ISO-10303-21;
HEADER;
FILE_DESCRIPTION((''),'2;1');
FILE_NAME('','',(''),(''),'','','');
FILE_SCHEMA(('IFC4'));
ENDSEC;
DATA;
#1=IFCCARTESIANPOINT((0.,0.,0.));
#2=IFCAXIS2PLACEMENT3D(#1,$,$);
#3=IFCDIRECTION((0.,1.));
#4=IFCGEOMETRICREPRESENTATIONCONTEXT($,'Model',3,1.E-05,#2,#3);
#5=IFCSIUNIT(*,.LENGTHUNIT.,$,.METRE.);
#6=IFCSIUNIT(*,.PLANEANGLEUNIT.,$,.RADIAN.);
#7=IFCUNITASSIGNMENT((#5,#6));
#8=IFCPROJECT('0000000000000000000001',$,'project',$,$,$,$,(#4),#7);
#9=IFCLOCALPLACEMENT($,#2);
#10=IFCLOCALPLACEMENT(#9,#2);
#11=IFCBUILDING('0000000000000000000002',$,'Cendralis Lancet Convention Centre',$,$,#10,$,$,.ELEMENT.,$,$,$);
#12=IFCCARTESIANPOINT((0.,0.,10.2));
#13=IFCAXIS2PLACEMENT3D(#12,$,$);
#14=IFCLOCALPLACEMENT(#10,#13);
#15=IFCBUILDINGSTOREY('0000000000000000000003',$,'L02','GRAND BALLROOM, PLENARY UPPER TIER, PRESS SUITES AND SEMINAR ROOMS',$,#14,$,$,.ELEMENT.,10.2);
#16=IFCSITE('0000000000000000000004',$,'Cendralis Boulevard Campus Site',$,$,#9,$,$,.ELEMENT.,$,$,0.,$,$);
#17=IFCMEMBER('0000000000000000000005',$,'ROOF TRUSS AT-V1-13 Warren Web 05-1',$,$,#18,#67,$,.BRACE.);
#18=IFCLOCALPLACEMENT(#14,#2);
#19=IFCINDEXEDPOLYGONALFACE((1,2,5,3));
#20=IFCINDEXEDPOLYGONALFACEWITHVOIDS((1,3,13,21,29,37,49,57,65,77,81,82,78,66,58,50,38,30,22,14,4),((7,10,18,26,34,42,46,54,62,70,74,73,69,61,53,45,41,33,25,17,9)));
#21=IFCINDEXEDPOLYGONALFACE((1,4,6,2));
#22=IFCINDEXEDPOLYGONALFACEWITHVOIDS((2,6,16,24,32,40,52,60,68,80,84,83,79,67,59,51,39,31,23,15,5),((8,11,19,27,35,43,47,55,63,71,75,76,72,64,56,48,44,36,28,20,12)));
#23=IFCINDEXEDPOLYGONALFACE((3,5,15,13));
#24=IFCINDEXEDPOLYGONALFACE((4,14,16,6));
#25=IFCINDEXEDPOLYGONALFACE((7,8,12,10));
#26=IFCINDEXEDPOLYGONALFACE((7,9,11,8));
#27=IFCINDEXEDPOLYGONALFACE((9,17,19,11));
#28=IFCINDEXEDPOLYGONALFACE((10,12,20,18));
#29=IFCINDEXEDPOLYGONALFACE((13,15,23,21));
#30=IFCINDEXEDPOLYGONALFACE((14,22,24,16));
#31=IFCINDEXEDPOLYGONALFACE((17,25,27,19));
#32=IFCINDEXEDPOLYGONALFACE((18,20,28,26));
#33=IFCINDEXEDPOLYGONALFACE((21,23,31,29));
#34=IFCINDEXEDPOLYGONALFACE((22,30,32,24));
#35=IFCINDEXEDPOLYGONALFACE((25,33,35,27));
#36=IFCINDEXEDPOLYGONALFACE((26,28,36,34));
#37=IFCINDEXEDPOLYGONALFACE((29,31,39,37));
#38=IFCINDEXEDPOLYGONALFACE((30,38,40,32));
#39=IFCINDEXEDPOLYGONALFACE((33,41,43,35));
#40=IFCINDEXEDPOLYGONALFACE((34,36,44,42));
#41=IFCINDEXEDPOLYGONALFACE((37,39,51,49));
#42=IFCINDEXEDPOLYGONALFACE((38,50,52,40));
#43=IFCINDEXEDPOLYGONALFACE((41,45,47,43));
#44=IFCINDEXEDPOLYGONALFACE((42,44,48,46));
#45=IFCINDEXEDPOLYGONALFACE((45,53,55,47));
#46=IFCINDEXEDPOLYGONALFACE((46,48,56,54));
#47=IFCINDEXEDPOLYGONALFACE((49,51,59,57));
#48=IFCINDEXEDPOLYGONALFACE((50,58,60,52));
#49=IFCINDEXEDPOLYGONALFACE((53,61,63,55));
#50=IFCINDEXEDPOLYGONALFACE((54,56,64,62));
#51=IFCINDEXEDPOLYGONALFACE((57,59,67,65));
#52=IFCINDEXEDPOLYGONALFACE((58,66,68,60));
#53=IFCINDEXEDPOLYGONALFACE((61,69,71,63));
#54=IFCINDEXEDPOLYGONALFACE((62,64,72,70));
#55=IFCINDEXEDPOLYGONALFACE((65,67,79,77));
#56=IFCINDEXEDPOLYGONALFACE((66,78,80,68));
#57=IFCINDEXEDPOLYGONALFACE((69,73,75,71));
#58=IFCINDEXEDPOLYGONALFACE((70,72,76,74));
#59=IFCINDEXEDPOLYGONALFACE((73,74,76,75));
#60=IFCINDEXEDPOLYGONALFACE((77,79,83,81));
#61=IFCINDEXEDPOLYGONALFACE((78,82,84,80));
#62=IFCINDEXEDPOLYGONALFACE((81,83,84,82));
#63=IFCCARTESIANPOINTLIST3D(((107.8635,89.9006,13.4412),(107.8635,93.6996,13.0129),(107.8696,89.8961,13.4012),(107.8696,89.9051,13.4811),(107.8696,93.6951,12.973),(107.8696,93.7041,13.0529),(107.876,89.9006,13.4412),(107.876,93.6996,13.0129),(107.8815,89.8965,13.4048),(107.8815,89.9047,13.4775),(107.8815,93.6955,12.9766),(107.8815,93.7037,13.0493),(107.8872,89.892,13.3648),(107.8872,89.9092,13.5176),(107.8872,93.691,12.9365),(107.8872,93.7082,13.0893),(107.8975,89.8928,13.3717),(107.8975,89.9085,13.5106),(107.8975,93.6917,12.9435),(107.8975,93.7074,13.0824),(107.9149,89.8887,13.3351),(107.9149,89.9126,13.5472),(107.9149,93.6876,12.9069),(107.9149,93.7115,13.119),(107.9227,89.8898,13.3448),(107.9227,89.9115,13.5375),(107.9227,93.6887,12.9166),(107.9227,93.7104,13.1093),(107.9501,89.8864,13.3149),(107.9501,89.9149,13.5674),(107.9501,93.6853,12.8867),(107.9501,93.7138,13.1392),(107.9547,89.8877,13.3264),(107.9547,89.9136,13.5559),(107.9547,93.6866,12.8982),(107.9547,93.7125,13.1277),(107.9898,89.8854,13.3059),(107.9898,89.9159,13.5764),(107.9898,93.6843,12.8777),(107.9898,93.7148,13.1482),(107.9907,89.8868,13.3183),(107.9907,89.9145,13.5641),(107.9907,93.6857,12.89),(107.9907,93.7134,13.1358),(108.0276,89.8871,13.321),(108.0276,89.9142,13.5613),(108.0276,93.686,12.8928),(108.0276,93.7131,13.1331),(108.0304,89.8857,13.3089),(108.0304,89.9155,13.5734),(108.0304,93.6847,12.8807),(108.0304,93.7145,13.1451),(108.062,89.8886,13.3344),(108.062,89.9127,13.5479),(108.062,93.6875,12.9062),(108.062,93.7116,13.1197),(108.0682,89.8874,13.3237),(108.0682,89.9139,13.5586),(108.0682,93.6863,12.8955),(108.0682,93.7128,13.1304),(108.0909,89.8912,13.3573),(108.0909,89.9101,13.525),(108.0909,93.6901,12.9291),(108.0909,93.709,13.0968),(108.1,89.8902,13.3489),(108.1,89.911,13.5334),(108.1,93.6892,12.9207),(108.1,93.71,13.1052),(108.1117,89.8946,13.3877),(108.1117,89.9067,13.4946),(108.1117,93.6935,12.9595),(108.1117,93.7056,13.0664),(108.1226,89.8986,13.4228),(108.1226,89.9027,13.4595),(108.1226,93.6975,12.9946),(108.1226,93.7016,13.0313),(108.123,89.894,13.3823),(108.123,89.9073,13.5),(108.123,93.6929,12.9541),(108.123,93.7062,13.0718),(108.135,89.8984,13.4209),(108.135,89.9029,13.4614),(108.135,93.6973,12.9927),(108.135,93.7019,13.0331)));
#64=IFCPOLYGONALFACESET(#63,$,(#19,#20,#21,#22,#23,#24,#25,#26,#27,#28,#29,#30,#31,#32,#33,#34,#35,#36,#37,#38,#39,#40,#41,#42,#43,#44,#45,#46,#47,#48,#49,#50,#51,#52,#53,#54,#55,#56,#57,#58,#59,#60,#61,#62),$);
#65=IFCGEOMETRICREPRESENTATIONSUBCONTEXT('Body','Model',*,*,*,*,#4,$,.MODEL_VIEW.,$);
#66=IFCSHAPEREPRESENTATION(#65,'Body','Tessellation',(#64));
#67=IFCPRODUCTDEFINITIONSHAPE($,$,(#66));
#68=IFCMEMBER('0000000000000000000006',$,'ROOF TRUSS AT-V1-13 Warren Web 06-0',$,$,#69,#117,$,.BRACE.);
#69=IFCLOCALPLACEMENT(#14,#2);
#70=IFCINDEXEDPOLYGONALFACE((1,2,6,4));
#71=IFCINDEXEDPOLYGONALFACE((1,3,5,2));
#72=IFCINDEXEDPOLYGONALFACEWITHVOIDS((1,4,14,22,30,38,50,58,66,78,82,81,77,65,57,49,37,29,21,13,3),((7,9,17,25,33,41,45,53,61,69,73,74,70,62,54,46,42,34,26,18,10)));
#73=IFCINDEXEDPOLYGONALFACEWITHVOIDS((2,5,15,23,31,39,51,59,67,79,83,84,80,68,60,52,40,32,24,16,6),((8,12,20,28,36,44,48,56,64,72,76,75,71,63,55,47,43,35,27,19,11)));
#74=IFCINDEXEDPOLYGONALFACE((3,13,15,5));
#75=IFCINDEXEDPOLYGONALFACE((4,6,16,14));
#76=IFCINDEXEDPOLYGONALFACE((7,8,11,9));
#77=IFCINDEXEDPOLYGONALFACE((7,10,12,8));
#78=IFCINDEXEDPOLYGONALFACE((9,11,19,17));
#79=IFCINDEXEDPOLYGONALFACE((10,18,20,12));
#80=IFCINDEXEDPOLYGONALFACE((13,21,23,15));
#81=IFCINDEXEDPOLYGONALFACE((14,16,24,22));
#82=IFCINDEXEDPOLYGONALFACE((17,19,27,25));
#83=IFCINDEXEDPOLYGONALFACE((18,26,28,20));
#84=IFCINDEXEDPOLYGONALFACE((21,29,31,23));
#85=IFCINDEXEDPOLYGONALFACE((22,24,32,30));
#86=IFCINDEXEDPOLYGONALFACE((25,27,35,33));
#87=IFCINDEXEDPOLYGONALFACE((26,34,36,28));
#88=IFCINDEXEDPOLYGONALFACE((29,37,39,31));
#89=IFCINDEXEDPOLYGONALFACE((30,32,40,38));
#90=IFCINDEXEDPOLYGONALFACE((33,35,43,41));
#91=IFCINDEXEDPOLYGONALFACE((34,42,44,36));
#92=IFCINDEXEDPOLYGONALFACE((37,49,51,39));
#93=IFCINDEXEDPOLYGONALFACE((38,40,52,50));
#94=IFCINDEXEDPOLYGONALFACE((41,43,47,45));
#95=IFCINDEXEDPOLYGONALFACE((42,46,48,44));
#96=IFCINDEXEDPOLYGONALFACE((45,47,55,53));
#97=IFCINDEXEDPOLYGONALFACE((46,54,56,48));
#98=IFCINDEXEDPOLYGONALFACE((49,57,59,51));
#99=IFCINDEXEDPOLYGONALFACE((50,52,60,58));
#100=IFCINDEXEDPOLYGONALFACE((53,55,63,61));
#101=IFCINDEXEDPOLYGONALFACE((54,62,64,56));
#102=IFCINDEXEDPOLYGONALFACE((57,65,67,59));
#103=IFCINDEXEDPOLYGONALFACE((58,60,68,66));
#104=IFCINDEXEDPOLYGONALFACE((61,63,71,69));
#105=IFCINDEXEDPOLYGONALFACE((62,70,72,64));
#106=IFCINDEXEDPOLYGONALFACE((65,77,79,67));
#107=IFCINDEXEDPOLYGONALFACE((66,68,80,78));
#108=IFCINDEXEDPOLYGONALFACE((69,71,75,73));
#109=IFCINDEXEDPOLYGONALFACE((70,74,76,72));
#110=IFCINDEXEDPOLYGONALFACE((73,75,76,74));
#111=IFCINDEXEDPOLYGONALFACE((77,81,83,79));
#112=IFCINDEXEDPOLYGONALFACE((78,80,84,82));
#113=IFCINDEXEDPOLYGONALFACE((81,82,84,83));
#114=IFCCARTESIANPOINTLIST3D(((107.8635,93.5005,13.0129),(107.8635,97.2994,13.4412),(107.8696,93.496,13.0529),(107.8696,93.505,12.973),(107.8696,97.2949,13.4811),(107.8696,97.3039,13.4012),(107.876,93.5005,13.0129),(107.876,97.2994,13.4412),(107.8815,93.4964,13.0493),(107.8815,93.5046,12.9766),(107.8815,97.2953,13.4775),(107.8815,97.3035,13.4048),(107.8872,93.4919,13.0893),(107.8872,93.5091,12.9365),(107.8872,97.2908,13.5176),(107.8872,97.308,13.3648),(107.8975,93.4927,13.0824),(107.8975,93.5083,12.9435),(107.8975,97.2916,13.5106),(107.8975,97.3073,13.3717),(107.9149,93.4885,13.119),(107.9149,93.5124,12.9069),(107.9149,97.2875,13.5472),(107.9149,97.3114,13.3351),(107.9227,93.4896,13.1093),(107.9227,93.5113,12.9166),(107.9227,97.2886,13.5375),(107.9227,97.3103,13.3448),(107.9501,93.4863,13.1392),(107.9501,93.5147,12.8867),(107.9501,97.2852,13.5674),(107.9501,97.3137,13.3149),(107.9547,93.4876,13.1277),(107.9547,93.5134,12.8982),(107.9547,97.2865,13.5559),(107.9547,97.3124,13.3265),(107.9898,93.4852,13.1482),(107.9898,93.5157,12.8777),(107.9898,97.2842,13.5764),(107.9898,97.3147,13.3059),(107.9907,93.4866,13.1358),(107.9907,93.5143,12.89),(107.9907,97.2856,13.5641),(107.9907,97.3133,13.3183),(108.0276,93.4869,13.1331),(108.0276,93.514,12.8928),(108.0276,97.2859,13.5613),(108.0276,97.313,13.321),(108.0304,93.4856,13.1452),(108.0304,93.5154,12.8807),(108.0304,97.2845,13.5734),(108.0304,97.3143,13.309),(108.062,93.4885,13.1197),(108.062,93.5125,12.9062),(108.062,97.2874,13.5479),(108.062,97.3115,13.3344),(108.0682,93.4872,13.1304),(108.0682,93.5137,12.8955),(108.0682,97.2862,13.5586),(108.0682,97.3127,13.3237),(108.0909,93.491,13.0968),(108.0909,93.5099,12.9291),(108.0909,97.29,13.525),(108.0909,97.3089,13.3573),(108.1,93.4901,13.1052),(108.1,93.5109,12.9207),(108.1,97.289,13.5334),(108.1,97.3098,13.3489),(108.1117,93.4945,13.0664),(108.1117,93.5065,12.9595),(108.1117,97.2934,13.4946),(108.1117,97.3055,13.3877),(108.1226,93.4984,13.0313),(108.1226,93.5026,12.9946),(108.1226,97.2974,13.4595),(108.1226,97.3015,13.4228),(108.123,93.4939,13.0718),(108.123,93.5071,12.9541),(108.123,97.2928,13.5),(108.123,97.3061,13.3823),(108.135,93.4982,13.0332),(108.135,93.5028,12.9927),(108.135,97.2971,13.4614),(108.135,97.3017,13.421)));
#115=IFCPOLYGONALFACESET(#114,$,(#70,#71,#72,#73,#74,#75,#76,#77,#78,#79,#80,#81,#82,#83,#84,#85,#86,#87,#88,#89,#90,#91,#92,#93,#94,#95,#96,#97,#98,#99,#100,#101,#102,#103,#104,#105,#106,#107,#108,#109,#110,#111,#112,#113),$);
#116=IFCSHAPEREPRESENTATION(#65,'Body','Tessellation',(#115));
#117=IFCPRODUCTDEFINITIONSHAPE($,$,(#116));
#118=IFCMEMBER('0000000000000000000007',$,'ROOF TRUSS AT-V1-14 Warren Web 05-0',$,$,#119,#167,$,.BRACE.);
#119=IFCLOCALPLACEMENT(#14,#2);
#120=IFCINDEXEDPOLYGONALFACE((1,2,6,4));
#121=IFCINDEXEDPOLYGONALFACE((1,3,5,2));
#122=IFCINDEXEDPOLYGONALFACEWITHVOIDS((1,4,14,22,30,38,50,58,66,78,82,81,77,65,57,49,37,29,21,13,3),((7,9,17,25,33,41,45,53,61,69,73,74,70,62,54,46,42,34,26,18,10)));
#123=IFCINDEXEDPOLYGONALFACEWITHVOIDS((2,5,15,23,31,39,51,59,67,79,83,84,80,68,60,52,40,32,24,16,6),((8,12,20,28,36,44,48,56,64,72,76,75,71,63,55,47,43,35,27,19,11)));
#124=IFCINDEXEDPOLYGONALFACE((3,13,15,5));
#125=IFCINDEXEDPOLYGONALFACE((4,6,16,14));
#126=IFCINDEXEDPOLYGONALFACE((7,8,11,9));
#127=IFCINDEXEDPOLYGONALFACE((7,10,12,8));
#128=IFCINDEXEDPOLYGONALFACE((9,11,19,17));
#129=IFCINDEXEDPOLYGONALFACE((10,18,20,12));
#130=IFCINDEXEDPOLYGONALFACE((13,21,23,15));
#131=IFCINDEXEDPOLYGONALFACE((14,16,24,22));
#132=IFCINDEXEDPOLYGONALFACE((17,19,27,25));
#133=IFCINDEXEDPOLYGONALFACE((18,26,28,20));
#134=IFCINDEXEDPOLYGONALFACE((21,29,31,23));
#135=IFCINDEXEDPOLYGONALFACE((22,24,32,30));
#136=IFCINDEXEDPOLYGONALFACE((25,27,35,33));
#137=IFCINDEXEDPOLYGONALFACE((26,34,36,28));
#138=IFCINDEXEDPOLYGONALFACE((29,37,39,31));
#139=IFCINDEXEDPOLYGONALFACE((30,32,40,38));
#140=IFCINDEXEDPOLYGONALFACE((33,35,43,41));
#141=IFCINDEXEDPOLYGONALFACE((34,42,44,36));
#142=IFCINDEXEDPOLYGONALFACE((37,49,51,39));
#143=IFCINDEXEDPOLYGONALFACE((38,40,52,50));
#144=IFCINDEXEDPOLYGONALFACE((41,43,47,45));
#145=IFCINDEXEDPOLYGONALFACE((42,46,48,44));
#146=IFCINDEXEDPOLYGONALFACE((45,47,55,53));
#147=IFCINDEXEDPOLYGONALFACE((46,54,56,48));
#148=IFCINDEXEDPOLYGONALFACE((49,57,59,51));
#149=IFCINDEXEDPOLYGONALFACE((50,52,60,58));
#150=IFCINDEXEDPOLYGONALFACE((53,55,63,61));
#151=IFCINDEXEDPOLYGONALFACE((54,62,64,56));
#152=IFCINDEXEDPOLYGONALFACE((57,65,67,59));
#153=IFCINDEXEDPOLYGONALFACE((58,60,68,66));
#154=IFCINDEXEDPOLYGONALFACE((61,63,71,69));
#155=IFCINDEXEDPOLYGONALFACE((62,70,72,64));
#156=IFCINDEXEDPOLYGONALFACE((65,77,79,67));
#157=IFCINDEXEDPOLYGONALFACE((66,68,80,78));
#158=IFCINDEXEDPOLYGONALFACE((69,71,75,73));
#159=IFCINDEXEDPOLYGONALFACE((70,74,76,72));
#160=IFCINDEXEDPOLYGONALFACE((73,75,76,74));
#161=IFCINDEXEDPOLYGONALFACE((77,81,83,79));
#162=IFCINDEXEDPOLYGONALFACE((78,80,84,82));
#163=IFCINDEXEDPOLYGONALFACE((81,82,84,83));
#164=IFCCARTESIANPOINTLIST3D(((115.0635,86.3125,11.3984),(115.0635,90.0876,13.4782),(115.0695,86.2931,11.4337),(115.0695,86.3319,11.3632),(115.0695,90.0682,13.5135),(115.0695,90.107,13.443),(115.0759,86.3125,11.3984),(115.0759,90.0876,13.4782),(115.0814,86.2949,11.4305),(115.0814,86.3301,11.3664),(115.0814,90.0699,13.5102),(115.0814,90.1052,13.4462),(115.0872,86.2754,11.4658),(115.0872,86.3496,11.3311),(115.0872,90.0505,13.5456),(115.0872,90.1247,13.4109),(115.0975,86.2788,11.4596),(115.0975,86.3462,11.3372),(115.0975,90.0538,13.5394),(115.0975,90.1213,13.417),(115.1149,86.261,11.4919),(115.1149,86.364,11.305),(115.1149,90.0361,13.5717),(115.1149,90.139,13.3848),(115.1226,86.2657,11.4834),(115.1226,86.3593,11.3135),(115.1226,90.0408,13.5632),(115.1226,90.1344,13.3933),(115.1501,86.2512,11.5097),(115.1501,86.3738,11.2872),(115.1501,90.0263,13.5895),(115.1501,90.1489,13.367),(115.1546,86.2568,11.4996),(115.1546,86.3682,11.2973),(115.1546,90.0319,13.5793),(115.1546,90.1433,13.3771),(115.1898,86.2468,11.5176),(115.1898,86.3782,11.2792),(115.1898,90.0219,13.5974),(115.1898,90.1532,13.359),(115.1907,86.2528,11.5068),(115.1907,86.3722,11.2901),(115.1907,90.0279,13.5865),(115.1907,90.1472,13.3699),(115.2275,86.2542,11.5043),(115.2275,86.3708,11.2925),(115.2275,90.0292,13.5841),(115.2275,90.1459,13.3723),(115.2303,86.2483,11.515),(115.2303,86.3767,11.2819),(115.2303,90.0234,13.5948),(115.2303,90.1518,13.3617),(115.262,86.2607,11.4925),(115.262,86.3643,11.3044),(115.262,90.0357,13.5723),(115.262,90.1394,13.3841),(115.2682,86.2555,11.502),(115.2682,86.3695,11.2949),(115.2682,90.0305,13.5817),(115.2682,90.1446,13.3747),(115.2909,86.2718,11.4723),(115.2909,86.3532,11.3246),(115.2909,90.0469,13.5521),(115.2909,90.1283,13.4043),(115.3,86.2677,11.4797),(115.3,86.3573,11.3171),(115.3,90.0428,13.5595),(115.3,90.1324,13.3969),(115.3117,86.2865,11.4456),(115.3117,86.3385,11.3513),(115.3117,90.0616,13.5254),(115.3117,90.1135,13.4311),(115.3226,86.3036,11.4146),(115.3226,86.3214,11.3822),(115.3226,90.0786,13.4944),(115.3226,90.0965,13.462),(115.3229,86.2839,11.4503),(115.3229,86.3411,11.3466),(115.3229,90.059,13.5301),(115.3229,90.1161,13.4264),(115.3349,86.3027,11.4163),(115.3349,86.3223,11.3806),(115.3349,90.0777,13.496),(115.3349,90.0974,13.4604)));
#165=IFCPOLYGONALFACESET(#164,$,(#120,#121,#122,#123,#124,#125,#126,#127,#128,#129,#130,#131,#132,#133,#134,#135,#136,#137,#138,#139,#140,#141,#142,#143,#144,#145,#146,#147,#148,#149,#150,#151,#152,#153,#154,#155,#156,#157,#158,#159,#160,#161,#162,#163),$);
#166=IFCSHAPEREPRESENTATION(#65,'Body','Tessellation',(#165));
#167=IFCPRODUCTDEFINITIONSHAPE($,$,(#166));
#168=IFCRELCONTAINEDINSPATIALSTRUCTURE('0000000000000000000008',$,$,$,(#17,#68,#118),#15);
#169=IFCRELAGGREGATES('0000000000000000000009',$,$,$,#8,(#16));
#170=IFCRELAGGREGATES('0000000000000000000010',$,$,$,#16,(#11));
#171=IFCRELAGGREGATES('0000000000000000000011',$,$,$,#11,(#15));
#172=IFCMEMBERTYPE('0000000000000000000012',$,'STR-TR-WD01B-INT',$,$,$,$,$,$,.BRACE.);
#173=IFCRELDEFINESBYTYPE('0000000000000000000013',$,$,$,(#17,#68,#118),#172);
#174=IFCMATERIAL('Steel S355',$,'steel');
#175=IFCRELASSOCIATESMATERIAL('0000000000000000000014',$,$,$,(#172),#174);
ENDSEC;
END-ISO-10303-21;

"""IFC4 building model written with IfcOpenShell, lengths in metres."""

from ifc_helpers import new_model, si_unit, direction, frame, origin, origin_2d, place, context, subcontext, project, spatial, hollow_circle, extrude, material, material_profile, profile_set, type_object, element, save


model = new_model("IFC4")

# Units and contexts
model_context = context("Model", 3, precision=1e-05, world=origin(), true_north=direction((0.0, 1.0)))
body_context = subcontext(model_context, "Body", "Model", "MODEL_VIEW")
ifc_project = project(units=[si_unit("LENGTHUNIT", "METRE"), si_unit("PLANEANGLEUNIT", "RADIAN")], contexts=[model_context])

# Site, building, storey
site_placement = place(None, origin())
site = spatial("IfcSite", under=ifc_project, at=site_placement, Name="Cendralis Boulevard Campus Site", CompositionType="ELEMENT", RefElevation=0.0)
building_placement = place(site_placement, origin())
building = spatial("IfcBuilding", under=site, at=building_placement, Name="Cendralis Lancet Convention Centre", CompositionType="ELEMENT")
storey_placement = place(building_placement, frame((0.0, 0.0, 10.2)))
storey = spatial("IfcBuildingStorey", under=building, at=storey_placement, Name="L02", Description="GRAND BALLROOM, PLENARY UPPER TIER, PRESS SUITES AND SEMINAR ROOMS", CompositionType="ELEMENT", Elevation=10.2)

# Shared definitions
ifc_material = material(Name="Steel S355", Category="steel")

# Members
ifc_material_profile_1 = material_profile(ifc_material, hollow_circle(Radius=0.1365, WallThickness=0.0125, at=origin_2d()), Name="CHS 273.0x12.5")
ifc_profile_set_1 = profile_set([ifc_material_profile_1], Name="Steel S355")
member_type_1 = type_object("IfcMemberType", Name="STR-TR-WD01B-INT", PredefinedType="BRACE", material=ifc_profile_set_1)
for number, where, z_axis, x_axis, name in (
    (1, (108.0, 89.9006, 13.4412), (0.0, 0.993706, -0.112015), (-1.0, 0.0, 0.0), "ROOF TRUSS AT-V1-13 Warren Web 05-1"),
    (2, (108.0, 93.5005, 13.0129), (0.0, 0.993706, 0.112015), (-1.0, 0.0, 0.0), "ROOF TRUSS AT-V1-13 Warren Web 06-0"),
):
    element("IfcMember", number, at=place(storey_placement, frame(where, z_axis=z_axis, x_axis=x_axis)), inside=storey, type_object=member_type_1, Name=name, PredefinedType="BRACE", context=body_context, shape_type="SweptSolid", body=[
        extrude(hollow_circle(Radius=0.1365, WallThickness=0.0125, at=origin_2d()), origin(), (0.0, 0.0, 1.0), 3.823),
    ])
member_1_placement = place(storey_placement, frame((115.2, 86.3125, 11.3984), z_axis=(0.0, 0.875872, 0.482543), x_axis=(-1.0, 0.0, 0.0)))
element("IfcMember", 3, at=member_1_placement, inside=storey, type_object=member_type_1, Name="ROOF TRUSS AT-V1-14 Warren Web 05-0", PredefinedType="BRACE", context=body_context, shape_type="SweptSolid", body=[
    extrude(hollow_circle(Radius=0.1365, WallThickness=0.0125, at=origin_2d()), origin(), (0.0, 0.0, 1.0), 4.3101),
])

save(model, "model.ifc")
